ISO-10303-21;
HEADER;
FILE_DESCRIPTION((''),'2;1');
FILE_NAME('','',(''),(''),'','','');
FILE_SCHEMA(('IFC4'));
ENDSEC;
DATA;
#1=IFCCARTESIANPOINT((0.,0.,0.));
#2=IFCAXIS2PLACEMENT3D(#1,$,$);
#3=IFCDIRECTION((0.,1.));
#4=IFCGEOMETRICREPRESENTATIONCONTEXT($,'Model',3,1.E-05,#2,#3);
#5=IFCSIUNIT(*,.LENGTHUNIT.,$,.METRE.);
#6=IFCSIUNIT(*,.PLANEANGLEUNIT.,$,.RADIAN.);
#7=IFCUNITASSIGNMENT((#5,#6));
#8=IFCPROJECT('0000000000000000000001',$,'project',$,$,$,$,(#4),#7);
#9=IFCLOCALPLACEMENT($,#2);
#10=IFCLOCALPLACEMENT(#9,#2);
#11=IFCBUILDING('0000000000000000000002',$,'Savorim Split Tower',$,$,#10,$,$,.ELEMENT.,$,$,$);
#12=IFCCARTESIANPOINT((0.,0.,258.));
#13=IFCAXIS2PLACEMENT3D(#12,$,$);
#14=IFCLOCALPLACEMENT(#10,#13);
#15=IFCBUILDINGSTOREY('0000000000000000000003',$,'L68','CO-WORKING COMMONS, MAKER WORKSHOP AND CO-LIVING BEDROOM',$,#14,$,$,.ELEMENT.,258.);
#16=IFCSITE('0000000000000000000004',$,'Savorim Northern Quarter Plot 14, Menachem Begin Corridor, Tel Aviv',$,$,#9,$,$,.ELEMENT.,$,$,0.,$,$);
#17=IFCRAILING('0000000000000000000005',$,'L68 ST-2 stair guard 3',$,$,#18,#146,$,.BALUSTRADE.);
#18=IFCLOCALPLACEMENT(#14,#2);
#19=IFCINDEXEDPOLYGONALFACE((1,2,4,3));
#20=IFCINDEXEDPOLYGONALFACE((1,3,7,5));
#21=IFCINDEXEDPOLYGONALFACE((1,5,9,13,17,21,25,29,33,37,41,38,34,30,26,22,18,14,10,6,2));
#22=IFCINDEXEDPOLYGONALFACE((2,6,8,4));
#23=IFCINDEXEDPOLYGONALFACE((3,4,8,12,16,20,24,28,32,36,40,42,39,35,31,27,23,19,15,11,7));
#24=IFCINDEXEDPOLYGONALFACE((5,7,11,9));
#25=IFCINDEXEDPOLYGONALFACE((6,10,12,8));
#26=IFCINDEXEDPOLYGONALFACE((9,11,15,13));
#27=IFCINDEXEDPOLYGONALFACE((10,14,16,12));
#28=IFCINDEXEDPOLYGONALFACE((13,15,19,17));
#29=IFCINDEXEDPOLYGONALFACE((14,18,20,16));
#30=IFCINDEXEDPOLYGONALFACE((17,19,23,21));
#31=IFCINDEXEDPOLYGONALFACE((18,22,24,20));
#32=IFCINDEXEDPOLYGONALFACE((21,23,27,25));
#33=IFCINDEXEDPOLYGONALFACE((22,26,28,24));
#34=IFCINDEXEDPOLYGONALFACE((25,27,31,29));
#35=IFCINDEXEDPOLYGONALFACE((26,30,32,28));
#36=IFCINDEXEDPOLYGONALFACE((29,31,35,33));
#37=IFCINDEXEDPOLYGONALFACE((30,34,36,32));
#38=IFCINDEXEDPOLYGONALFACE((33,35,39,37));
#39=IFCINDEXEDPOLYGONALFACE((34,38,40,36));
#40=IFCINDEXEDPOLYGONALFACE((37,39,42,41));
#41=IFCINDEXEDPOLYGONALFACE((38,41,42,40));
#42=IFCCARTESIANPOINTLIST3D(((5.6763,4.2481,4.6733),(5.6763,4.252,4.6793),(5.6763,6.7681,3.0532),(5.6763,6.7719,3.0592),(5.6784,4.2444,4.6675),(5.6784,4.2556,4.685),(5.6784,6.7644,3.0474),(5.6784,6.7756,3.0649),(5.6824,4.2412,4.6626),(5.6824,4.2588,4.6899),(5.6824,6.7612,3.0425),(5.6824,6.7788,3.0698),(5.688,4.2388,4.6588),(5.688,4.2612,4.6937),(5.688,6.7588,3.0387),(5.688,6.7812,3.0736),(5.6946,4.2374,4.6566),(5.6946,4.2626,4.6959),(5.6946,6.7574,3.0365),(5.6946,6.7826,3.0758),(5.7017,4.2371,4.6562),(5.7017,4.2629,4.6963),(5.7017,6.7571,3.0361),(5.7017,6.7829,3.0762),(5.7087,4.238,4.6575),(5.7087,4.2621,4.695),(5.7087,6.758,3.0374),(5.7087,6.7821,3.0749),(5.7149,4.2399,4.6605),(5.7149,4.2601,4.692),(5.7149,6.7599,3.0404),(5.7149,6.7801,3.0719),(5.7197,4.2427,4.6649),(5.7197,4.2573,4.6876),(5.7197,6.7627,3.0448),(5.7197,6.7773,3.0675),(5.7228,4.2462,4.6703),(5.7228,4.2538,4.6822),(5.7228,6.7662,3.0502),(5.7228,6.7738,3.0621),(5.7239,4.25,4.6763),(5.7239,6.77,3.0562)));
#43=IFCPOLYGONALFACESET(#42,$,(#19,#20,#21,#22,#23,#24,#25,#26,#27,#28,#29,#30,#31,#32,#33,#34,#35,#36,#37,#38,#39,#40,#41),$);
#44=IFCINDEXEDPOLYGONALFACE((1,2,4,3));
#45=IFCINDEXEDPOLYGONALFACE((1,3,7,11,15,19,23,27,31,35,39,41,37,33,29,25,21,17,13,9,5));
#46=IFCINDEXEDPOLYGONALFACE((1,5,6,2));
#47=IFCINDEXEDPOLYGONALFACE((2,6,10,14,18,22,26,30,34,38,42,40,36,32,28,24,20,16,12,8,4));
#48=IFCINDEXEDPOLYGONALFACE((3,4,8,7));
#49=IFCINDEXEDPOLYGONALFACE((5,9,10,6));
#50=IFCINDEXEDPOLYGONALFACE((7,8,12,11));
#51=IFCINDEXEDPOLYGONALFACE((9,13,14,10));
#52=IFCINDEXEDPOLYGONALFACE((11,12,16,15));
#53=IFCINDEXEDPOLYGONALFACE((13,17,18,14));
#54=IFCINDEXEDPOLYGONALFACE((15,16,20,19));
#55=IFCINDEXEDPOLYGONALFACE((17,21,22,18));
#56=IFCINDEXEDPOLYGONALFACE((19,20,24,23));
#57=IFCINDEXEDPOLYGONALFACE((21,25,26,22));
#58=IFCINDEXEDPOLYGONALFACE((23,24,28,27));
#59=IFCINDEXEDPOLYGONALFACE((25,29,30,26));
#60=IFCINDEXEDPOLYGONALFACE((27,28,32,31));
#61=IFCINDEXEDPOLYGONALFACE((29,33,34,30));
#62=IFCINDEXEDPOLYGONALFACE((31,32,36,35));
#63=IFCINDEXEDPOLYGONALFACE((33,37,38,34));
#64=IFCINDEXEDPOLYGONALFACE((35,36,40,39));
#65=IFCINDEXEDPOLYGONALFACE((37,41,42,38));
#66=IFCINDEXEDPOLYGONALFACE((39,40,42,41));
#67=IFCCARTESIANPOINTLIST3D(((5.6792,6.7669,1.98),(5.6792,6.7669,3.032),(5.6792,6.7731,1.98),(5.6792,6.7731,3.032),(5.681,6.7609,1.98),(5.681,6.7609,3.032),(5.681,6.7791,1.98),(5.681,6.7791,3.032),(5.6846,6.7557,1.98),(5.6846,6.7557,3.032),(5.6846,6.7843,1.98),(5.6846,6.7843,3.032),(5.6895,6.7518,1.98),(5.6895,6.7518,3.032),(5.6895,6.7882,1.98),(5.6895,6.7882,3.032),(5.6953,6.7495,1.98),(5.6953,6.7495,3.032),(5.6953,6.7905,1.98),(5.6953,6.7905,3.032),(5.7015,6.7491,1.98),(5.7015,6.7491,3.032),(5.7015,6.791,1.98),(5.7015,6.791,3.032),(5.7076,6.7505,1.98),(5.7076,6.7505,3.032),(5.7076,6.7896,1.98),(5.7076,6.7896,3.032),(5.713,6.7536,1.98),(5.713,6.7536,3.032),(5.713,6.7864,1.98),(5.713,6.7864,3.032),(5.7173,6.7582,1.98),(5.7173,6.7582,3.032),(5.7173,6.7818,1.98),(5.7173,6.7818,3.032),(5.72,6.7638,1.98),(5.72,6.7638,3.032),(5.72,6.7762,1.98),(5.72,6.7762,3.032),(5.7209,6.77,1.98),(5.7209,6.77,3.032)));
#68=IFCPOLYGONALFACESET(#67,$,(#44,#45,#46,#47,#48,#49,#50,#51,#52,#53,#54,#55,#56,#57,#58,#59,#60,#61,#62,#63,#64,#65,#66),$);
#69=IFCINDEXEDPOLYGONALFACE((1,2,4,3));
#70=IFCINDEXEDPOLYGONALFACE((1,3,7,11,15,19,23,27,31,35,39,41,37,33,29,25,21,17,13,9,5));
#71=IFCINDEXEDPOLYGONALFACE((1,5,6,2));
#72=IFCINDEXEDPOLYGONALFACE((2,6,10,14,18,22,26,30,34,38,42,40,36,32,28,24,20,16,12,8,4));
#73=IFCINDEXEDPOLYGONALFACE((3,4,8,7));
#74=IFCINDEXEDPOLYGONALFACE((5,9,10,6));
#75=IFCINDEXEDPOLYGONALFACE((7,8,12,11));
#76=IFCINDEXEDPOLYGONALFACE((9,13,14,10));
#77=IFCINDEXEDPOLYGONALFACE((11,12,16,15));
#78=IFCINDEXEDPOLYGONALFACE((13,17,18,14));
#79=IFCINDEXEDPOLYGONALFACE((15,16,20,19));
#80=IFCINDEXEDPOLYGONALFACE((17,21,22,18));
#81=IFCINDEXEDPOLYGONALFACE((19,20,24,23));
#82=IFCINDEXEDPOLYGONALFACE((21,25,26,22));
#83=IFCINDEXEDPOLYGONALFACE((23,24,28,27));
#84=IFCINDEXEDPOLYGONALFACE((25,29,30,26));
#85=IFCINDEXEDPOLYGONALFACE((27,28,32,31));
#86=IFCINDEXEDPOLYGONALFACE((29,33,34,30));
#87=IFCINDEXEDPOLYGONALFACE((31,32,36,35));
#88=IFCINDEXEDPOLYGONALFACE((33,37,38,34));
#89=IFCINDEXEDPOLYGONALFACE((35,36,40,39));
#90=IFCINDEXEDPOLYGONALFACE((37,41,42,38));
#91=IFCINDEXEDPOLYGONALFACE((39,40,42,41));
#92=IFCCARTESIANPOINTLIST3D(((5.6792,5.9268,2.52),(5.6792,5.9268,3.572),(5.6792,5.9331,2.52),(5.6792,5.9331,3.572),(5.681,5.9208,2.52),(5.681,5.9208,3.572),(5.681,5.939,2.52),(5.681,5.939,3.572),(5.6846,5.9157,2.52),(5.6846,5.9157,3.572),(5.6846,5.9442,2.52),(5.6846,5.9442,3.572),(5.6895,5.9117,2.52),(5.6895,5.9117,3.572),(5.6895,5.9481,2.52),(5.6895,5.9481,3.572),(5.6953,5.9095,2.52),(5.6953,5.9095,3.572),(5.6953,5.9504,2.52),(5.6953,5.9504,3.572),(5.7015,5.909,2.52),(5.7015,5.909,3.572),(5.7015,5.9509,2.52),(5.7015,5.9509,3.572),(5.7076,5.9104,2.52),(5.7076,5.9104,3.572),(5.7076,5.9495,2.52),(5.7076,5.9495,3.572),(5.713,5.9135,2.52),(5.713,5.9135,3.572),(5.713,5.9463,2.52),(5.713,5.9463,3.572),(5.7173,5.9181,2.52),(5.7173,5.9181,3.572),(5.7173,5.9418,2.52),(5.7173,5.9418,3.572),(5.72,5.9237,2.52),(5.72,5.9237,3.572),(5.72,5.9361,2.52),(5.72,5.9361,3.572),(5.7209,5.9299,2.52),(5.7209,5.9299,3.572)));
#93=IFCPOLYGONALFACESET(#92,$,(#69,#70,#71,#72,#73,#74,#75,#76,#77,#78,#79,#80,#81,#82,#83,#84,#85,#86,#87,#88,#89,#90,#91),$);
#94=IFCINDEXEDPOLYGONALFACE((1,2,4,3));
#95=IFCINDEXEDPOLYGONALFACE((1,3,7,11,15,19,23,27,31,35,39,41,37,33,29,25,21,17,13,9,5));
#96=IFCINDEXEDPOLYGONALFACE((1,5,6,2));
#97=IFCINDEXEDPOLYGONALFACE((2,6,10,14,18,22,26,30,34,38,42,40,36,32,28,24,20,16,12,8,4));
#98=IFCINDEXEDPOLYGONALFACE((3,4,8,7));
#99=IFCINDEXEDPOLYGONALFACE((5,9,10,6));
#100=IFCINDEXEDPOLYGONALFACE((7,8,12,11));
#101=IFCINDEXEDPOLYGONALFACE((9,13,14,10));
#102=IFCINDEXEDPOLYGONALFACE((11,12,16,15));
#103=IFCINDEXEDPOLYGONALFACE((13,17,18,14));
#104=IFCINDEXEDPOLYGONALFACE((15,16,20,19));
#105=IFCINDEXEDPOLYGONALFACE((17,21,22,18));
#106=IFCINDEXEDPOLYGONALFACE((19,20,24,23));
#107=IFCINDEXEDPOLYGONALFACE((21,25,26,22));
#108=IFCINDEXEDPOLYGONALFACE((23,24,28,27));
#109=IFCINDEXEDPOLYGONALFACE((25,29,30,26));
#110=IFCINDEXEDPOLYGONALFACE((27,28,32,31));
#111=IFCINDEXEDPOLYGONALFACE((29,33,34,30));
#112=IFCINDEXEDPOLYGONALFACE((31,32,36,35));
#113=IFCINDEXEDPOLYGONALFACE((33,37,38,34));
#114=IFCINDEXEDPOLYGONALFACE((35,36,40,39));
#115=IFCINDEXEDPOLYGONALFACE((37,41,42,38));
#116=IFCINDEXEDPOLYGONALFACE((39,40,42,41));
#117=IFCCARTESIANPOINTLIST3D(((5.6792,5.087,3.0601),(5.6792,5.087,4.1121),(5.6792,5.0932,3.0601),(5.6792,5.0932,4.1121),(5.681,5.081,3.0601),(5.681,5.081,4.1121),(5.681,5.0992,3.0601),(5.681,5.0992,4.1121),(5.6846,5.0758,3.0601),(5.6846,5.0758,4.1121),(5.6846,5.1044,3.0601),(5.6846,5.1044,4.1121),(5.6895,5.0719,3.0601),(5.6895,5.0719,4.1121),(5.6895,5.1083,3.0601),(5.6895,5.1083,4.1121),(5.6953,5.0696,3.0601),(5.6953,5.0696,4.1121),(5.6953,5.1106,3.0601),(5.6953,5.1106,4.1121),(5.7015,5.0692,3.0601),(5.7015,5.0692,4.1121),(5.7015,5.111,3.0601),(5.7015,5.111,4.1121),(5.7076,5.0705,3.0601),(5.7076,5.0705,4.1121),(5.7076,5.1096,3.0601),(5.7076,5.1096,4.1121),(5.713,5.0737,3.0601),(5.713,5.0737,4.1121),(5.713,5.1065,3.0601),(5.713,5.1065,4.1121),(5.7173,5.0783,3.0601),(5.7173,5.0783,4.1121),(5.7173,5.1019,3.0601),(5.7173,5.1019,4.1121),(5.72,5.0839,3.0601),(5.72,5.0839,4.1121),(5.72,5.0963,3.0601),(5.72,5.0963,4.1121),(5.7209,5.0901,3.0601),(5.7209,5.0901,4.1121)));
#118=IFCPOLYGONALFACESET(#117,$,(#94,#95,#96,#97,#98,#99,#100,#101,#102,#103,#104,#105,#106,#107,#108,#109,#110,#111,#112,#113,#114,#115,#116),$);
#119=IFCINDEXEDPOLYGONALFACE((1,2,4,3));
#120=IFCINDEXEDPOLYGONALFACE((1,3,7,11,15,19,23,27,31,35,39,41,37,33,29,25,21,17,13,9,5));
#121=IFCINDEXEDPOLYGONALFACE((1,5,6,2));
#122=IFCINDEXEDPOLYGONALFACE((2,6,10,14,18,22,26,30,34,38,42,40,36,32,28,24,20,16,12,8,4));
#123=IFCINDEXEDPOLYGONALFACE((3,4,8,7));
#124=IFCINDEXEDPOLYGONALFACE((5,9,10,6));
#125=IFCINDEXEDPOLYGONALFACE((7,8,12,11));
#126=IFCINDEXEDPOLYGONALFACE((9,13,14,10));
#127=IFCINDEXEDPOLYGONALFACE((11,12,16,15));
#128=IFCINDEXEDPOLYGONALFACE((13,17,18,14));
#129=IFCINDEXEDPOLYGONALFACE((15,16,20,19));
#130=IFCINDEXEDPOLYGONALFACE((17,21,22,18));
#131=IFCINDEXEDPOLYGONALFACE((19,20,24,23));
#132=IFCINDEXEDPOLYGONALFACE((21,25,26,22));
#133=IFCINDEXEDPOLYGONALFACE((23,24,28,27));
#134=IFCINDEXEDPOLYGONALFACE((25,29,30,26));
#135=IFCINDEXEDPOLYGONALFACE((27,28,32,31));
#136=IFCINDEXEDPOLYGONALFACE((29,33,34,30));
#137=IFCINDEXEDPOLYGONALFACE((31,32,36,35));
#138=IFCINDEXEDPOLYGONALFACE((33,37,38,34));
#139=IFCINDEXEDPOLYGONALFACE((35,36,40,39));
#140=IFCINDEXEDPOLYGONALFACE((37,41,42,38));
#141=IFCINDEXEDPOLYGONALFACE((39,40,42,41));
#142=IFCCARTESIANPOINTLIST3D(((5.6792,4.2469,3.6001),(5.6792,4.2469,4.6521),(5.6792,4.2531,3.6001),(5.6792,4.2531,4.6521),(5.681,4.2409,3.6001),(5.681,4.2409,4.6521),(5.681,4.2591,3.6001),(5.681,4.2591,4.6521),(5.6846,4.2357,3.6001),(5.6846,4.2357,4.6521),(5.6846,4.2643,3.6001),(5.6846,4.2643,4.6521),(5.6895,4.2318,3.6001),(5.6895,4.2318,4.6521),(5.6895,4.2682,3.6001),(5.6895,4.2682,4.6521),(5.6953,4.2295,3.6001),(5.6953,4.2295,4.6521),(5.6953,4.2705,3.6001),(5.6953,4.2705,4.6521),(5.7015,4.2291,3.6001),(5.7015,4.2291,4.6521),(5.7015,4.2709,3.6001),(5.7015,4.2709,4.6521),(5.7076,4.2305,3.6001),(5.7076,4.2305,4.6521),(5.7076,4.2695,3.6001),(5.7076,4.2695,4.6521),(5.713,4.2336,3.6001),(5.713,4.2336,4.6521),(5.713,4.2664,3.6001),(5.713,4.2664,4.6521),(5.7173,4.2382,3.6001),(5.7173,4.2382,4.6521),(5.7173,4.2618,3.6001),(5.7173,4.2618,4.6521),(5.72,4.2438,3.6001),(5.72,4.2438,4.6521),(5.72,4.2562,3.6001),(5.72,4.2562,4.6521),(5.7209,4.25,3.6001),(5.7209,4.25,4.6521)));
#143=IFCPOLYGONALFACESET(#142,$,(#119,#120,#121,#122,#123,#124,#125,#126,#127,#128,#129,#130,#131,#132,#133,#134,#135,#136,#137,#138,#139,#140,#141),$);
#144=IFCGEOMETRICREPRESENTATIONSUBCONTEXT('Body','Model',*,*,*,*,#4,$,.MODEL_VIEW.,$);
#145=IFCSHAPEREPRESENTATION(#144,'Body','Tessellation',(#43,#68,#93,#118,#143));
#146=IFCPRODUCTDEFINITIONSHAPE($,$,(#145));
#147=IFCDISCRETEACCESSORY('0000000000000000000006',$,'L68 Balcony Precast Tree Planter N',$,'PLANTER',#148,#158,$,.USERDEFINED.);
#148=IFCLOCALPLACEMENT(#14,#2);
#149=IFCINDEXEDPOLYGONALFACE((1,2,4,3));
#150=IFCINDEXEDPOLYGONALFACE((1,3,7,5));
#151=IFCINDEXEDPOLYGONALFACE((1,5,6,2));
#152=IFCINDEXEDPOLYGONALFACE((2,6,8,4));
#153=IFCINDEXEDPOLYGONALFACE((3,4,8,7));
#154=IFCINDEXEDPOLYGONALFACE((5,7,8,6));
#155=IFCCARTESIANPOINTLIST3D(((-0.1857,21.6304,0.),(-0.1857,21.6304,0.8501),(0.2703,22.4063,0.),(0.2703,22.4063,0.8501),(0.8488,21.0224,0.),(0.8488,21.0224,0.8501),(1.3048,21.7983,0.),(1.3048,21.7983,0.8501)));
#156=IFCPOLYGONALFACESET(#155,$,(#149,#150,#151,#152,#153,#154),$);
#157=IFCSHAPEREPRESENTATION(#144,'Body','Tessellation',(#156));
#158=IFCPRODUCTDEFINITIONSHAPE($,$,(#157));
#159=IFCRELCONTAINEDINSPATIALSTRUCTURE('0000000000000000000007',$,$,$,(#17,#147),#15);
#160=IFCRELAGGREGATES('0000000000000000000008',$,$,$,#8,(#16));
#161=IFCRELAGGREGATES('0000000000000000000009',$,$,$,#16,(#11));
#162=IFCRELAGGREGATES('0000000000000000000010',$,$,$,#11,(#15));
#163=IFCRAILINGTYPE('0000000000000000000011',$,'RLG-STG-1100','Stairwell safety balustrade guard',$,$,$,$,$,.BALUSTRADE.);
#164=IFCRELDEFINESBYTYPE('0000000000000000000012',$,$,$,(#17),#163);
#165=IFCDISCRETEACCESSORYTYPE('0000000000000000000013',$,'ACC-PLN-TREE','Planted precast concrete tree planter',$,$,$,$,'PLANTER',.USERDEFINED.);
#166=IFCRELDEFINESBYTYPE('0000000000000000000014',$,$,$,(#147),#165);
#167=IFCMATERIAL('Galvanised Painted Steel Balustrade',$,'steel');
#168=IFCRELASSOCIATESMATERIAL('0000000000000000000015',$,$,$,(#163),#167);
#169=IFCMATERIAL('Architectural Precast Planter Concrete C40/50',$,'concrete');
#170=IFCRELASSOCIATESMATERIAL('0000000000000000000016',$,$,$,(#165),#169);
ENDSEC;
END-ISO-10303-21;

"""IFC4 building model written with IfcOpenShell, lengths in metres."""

from ifc_helpers import new_model, si_unit, direction, frame, origin, origin_2d, place, context, subcontext, project, spatial, rectangle, circle, extrude, material, type_object, element, save


model = new_model("IFC4")

# Units and contexts
model_context = context("Model", 3, precision=1e-05, world=origin(), true_north=direction((0.0, 1.0)))
body_context = subcontext(model_context, "Body", "Model", "MODEL_VIEW")
ifc_project = project(units=[si_unit("LENGTHUNIT", "METRE"), si_unit("PLANEANGLEUNIT", "RADIAN")], contexts=[model_context])

# Site, building, storey
site_placement = place(None, origin())
site = spatial("IfcSite", under=ifc_project, at=site_placement, Name="Savorim Northern Quarter Plot 14, Menachem Begin Corridor, Tel Aviv", CompositionType="ELEMENT", RefElevation=0.0)
building_placement = place(site_placement, origin())
building = spatial("IfcBuilding", under=site, at=building_placement, Name="Savorim Split Tower", CompositionType="ELEMENT")
storey_placement = place(building_placement, frame((0.0, 0.0, 258.0)))
storey = spatial("IfcBuildingStorey", under=building, at=storey_placement, Name="L68", Description="CO-WORKING COMMONS, MAKER WORKSHOP AND CO-LIVING BEDROOM", CompositionType="ELEMENT", Elevation=258.0)

# Railing
ifc_material_1 = material(Name="Galvanised Painted Steel Balustrade", Category="steel")
railing_type_1 = type_object("IfcRailingType", Name="RLG-STG-1100", Description="Stairwell safety balustrade guard", PredefinedType="BALUSTRADE", material=ifc_material_1)
railing_1_placement = place(storey_placement, frame((5.7, 6.77, 1.98)))
element("IfcRailing", 1, at=railing_1_placement, inside=storey, type_object=railing_type_1, Name="L68 ST-2 stair guard 3", PredefinedType="BALUSTRADE", context=body_context, shape_type="SweptSolid", body=[
    extrude(circle(Radius=0.0239, at=origin_2d()), frame((0.0, 0.0, 1.0762), z_axis=(0.0, -0.841163, 0.540782), x_axis=(1.0, 0.0, 0.0)), (0.0, 0.0, 1.0), 2.9958),
    extrude(circle(Radius=0.021, at=origin_2d()), origin(), (0.0, 0.0, 1.0), 1.052),
    extrude(circle(Radius=0.021, at=origin_2d()), frame((0.0, -0.8401, 0.54)), (0.0, 0.0, 1.0), 1.052),
    extrude(circle(Radius=0.021, at=origin_2d()), frame((0.0, -1.6799, 1.0801)), (0.0, 0.0, 1.0), 1.052),
    extrude(circle(Radius=0.021, at=origin_2d()), frame((0.0, -2.52, 1.6201)), (0.0, 0.0, 1.0), 1.052),
])

# Discrete accessory
ifc_material_2 = material(Name="Architectural Precast Planter Concrete C40/50", Category="concrete")
discrete_accessory_type = type_object("IfcDiscreteAccessoryType", Name="ACC-PLN-TREE", Description="Planted precast concrete tree planter", ElementType="PLANTER", PredefinedType="USERDEFINED", material=ifc_material_2)
discrete_accessory_placement = place(storey_placement, frame((0.5596, 21.7144, 0.0), z_axis=(0.0, 0.0, 1.0), x_axis=(-0.862125, 0.506696, 0.0)))
element("IfcDiscreteAccessory", 2, at=discrete_accessory_placement, inside=storey, type_object=discrete_accessory_type, Name="L68 Balcony Precast Tree Planter N", ObjectType="PLANTER", PredefinedType="USERDEFINED", context=body_context, shape_type="SweptSolid", body=[
    extrude(rectangle(XDim=1.2, YDim=0.8999, at=origin_2d()), origin(), (0.0, 0.0, 1.0), 0.8501),
])

save(model, "model.ifc")
